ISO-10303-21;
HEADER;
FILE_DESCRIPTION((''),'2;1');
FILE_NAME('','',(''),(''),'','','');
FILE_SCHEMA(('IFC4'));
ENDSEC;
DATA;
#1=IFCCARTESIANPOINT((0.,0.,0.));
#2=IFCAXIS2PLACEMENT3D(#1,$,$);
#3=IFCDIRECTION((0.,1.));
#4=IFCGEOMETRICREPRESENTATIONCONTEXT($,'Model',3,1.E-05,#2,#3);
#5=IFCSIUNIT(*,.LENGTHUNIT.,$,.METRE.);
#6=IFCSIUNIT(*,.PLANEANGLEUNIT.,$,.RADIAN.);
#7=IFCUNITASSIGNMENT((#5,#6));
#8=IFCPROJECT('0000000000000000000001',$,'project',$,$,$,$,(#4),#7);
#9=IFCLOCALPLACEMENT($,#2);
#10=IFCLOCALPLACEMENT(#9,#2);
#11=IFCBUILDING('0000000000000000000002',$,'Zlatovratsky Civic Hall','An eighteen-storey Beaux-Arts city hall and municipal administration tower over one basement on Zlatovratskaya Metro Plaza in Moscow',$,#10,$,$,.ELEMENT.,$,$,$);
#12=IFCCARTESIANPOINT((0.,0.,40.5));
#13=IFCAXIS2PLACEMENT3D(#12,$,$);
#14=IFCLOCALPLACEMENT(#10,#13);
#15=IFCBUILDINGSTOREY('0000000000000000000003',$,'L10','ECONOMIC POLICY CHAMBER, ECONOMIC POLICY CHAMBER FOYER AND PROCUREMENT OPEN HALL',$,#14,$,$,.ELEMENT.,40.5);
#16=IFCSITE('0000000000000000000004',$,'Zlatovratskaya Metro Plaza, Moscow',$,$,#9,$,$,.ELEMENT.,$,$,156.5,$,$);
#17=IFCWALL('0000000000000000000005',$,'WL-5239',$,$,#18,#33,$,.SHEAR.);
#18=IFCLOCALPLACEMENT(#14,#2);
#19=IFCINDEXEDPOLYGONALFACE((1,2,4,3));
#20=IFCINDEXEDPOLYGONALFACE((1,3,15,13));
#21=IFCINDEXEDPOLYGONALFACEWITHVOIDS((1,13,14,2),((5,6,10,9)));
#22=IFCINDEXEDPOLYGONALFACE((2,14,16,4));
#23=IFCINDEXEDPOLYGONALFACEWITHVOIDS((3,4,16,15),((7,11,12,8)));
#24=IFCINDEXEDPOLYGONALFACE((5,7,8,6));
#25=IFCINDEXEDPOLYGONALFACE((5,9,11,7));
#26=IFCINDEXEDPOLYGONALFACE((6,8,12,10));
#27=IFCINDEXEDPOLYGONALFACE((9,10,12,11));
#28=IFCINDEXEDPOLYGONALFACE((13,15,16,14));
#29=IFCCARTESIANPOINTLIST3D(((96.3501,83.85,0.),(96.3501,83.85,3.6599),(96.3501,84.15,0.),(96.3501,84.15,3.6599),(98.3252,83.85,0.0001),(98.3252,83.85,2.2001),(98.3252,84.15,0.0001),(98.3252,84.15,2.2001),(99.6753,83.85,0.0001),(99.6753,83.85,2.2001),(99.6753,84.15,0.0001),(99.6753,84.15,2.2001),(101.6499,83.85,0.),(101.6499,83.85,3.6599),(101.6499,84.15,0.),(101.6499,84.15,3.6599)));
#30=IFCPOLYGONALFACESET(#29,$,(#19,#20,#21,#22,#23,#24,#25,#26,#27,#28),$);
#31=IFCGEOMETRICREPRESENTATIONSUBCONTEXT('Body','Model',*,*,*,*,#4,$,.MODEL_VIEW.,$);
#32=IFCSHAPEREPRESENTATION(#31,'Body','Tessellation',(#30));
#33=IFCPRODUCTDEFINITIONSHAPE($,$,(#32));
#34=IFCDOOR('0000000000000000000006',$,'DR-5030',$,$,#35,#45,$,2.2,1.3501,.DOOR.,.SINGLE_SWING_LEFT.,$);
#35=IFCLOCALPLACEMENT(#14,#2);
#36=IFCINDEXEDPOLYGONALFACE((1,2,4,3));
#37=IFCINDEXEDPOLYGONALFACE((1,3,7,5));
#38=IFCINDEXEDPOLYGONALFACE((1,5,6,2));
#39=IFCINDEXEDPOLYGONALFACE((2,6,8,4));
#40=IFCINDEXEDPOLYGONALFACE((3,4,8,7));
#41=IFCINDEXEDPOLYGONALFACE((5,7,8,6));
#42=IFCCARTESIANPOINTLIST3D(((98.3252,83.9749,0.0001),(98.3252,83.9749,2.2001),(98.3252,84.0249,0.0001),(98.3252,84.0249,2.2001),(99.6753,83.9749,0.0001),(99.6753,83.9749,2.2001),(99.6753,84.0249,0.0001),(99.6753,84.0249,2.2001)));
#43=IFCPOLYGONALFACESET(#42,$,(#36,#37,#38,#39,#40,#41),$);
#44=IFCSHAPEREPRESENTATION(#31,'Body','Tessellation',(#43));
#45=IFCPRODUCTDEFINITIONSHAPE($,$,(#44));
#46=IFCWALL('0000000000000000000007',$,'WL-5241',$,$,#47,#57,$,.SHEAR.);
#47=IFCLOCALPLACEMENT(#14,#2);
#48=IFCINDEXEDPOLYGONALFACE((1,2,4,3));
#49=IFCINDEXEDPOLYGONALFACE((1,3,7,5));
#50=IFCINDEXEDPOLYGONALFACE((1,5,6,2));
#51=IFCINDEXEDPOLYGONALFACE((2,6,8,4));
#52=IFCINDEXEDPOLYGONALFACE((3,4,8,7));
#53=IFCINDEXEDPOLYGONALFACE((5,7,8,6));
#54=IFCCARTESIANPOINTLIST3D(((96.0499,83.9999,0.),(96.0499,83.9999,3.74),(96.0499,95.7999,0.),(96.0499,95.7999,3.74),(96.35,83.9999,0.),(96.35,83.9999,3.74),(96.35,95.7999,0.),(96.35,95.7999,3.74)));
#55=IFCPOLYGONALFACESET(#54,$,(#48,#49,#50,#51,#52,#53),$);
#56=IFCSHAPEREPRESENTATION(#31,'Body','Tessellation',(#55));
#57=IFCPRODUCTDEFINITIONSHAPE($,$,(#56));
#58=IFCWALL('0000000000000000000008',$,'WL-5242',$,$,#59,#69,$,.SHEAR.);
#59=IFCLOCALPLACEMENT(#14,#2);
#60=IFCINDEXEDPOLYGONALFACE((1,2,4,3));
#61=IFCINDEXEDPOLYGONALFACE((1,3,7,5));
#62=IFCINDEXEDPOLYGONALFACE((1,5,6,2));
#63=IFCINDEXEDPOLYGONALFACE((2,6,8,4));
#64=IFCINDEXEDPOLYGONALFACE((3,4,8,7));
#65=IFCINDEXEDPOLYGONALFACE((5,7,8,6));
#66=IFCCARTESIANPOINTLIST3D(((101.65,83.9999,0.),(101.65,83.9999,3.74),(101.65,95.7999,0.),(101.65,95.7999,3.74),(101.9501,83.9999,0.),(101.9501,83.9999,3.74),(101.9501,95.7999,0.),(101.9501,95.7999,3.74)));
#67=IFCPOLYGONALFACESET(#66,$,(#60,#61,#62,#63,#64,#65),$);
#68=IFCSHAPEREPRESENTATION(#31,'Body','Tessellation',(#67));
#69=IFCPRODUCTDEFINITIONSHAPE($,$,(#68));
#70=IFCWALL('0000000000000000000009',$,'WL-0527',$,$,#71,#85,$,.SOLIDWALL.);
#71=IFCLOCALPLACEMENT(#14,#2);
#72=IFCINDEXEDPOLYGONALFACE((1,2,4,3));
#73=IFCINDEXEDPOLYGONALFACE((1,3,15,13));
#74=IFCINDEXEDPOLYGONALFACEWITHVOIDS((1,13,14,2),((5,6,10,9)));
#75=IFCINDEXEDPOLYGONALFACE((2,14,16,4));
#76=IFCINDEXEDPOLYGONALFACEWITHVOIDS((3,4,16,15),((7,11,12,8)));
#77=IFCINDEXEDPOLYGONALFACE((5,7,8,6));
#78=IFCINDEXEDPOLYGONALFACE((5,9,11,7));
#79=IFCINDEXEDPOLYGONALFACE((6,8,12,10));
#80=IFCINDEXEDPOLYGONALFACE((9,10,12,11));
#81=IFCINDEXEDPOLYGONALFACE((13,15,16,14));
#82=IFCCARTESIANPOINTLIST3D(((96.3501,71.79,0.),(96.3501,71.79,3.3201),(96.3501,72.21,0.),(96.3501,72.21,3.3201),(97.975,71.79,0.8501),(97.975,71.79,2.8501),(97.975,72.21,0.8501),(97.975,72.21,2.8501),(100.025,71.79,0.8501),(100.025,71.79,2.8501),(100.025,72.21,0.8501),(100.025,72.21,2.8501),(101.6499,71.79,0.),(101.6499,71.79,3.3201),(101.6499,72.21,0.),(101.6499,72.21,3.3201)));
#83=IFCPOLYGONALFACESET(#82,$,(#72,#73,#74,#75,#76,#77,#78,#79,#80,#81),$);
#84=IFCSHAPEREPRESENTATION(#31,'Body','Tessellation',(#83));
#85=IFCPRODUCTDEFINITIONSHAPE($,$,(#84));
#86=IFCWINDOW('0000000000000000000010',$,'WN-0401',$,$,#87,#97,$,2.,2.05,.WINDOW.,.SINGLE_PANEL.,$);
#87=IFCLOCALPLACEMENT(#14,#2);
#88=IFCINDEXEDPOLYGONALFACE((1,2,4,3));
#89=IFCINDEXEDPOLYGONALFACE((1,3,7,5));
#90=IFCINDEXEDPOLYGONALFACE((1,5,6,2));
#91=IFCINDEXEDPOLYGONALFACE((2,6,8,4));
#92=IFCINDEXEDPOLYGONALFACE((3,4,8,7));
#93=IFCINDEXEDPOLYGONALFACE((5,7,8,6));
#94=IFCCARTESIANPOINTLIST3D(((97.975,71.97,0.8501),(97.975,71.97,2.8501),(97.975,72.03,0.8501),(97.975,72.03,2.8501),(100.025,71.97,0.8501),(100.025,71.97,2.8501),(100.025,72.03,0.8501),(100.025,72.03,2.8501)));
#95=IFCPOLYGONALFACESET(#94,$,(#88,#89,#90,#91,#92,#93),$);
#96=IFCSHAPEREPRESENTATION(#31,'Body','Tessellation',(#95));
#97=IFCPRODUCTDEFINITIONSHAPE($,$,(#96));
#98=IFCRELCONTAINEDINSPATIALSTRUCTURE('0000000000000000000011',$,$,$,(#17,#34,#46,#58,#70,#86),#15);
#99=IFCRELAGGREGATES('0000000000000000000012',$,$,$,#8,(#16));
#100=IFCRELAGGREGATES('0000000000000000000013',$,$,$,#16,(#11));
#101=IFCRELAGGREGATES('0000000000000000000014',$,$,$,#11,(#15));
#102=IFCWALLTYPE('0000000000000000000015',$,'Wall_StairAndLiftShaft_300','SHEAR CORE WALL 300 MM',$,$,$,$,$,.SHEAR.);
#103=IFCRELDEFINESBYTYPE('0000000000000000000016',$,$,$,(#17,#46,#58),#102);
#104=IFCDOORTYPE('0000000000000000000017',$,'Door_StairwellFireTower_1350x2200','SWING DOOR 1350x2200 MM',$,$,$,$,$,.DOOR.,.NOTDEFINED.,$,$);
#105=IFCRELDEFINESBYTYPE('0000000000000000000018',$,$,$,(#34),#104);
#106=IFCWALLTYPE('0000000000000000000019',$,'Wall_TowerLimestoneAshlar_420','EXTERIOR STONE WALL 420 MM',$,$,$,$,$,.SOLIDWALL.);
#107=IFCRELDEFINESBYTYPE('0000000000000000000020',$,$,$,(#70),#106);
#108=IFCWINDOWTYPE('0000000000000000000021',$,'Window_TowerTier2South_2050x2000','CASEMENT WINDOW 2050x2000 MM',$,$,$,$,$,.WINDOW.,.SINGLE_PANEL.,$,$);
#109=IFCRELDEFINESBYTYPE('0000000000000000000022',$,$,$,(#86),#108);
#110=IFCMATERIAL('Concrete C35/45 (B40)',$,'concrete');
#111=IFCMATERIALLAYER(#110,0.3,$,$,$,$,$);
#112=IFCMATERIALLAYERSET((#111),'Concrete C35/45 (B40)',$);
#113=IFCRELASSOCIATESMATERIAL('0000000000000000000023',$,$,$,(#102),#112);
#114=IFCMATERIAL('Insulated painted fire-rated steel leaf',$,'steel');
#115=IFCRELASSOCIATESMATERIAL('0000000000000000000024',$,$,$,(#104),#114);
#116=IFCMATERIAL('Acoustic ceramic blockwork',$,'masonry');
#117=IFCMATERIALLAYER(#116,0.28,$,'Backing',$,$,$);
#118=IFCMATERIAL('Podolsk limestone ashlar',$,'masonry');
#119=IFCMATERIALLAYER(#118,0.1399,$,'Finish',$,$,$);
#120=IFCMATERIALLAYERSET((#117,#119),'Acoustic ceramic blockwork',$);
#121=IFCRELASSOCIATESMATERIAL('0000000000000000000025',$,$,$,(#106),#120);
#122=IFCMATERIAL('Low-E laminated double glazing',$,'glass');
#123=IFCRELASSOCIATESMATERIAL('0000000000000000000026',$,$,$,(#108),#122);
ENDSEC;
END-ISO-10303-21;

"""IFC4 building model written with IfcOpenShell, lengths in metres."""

from ifc_helpers import new_model, si_unit, direction, frame, frame_2d, origin, place, context, subcontext, project, spatial, rectangle, extrude, material, layer, layer_set, type_object, element, fill, save


model = new_model("IFC4")

# Units and contexts
model_context = context("Model", 3, precision=1e-05, world=origin(), true_north=direction((0.0, 1.0)))
body_context = subcontext(model_context, "Body", "Model", "MODEL_VIEW")
ifc_project = project(units=[si_unit("LENGTHUNIT", "METRE"), si_unit("PLANEANGLEUNIT", "RADIAN")], contexts=[model_context])

# Site, building, storey
site_placement = place(None, origin())
site = spatial("IfcSite", under=ifc_project, at=site_placement, Name="Zlatovratskaya Metro Plaza, Moscow", CompositionType="ELEMENT", RefElevation=156.5)
building_placement = place(site_placement, origin())
building = spatial("IfcBuilding", under=site, at=building_placement, Name="Zlatovratsky Civic Hall", Description="An eighteen-storey Beaux-Arts city hall and municipal administration tower over one basement on Zlatovratskaya Metro Plaza in Moscow", CompositionType="ELEMENT")
storey_placement = place(building_placement, frame((0.0, 0.0, 40.5)))
storey = spatial("IfcBuildingStorey", under=building, at=storey_placement, Name="L10", Description="ECONOMIC POLICY CHAMBER, ECONOMIC POLICY CHAMBER FOYER AND PROCUREMENT OPEN HALL", CompositionType="ELEMENT", Elevation=40.5)

# Shared definitions
ifc_material_1 = material(Name="Concrete C35/45 (B40)", Category="concrete")

# Wall, opening, door
ifc_layer_1 = layer(ifc_material_1, 0.3)
ifc_layer_set_1 = layer_set([ifc_layer_1], Name="Concrete C35/45 (B40)")
wall_type_1 = type_object("IfcWallType", Name="Wall_StairAndLiftShaft_300", Description="SHEAR CORE WALL 300 MM", PredefinedType="SHEAR", material=ifc_layer_set_1)
wall_1_placement = place(storey_placement, frame((96.3501, 84.0, 0.0), z_axis=(0.0, 0.0, 1.0), x_axis=(1.0, 0.0, 0.0)))
wall_1 = element("IfcWall", 1, at=wall_1_placement, inside=storey, type_object=wall_type_1, Name="WL-5239", PredefinedType="SHEAR", context=body_context, shape_type="SweptSolid", body=[
    extrude(rectangle(XDim=5.2998, YDim=0.3, at=frame_2d((2.6499, 0.0))), origin(), (0.0, 0.0, 1.0), 3.6599),
])
opening_1_placement = place(wall_1_placement, frame((1.9751, 0.0, 0.0)))
opening_1 = element("IfcOpeningElement", 2, at=opening_1_placement, cuts=wall_1, PredefinedType="OPENING", context=body_context, shape_type="SweptSolid", body=[
    extrude(rectangle(XDim=1.3501, YDim=2.2, at=frame_2d((0.675, 1.1001))), frame((0.0, 0.165, 0.0), z_axis=(0.0, -1.0, 0.0), x_axis=(1.0, 0.0, 0.0)), (0.0, 0.0, 1.0), 0.3298),
])
ifc_material_2 = material(Name="Insulated painted fire-rated steel leaf", Category="steel")
door_type_1 = type_object("IfcDoorType", Name="Door_StairwellFireTower_1350x2200", Description="SWING DOOR 1350x2200 MM", OperationType="NOTDEFINED", PredefinedType="DOOR", material=ifc_material_2)
door_1_placement = place(opening_1_placement, origin())
door_1 = element("IfcDoor", 3, at=door_1_placement, inside=storey, type_object=door_type_1, Name="DR-5030", OperationType="SINGLE_SWING_LEFT", OverallHeight=2.2, OverallWidth=1.3501, PredefinedType="DOOR", context=body_context, shape_type="SweptSolid", body=[
    extrude(rectangle(XDim=1.3501, YDim=2.2, at=frame_2d((0.675, 1.1001))), frame((0.0, 0.0249, 0.0), z_axis=(0.0, -1.0, 0.0), x_axis=(1.0, 0.0, 0.0)), (0.0, 0.0, 1.0), 0.05),
])
fill(opening_1, door_1)

# Walls
for number, where, z_axis, x_axis, name in (
    (4, (96.2, 84.0, 0.0), (0.0, 0.0, 1.0), (0.0, 1.0, 0.0), "WL-5241"),
    (5, (101.8, 84.0, 0.0), (0.0, 0.0, 1.0), (0.0, 1.0, 0.0), "WL-5242"),
):
    element("IfcWall", number, at=place(storey_placement, frame(where, z_axis=z_axis, x_axis=x_axis)), inside=storey, type_object=wall_type_1, Name=name, PredefinedType="SHEAR", context=body_context, shape_type="SweptSolid", body=[
        extrude(rectangle(XDim=11.8, YDim=0.3, at=frame_2d((5.8999, 0.0))), origin(), (0.0, 0.0, 1.0), 3.74),
    ])

# Wall, opening, window
ifc_material_3 = material(Name="Acoustic ceramic blockwork", Category="masonry")
ifc_layer_2 = layer(ifc_material_3, 0.28, Name="Backing")
ifc_material_4 = material(Name="Podolsk limestone ashlar", Category="masonry")
ifc_layer_3 = layer(ifc_material_4, 0.1399, Name="Finish")
ifc_layer_set_2 = layer_set([ifc_layer_2, ifc_layer_3], Name="Acoustic ceramic blockwork")
wall_type_2 = type_object("IfcWallType", Name="Wall_TowerLimestoneAshlar_420", Description="EXTERIOR STONE WALL 420 MM", PredefinedType="SOLIDWALL", material=ifc_layer_set_2)
wall_2_placement = place(storey_placement, frame((96.3501, 72.0, 0.0), z_axis=(0.0, 0.0, 1.0), x_axis=(1.0, 0.0, 0.0)))
wall_2 = element("IfcWall", 6, at=wall_2_placement, inside=storey, type_object=wall_type_2, Name="WL-0527", PredefinedType="SOLIDWALL", context=body_context, shape_type="SweptSolid", body=[
    extrude(rectangle(XDim=5.2998, YDim=0.4199, at=frame_2d((2.6499, 0.0))), origin(), (0.0, 0.0, 1.0), 3.3201),
])
opening_2_placement = place(wall_2_placement, frame((1.625, 0.0, 0.8501)))
opening_2 = element("IfcOpeningElement", 7, at=opening_2_placement, cuts=wall_2, PredefinedType="OPENING", context=body_context, shape_type="SweptSolid", body=[
    extrude(rectangle(XDim=2.05, YDim=2.0, at=frame_2d((1.0249, 1.0))), frame((0.0, 0.2249, 0.0), z_axis=(0.0, -1.0, 0.0), x_axis=(1.0, 0.0, 0.0)), (0.0, 0.0, 1.0), 0.4497),
])
ifc_material_5 = material(Name="Low-E laminated double glazing", Category="glass")
window_type = type_object("IfcWindowType", Name="Window_TowerTier2South_2050x2000", Description="CASEMENT WINDOW 2050x2000 MM", PartitioningType="SINGLE_PANEL", PredefinedType="WINDOW", material=ifc_material_5)
window_placement = place(opening_2_placement, origin())
window = element("IfcWindow", 8, at=window_placement, inside=storey, type_object=window_type, Name="WN-0401", OverallHeight=2.0, OverallWidth=2.05, PartitioningType="SINGLE_PANEL", PredefinedType="WINDOW", context=body_context, shape_type="SweptSolid", body=[
    extrude(rectangle(XDim=2.05, YDim=2.0, at=frame_2d((1.0249, 1.0))), frame((0.0, 0.03, 0.0), z_axis=(0.0, -1.0, 0.0), x_axis=(1.0, 0.0, 0.0)), (0.0, 0.0, 1.0), 0.0601),
])
fill(opening_2, window)

save(model, "model.ifc")
